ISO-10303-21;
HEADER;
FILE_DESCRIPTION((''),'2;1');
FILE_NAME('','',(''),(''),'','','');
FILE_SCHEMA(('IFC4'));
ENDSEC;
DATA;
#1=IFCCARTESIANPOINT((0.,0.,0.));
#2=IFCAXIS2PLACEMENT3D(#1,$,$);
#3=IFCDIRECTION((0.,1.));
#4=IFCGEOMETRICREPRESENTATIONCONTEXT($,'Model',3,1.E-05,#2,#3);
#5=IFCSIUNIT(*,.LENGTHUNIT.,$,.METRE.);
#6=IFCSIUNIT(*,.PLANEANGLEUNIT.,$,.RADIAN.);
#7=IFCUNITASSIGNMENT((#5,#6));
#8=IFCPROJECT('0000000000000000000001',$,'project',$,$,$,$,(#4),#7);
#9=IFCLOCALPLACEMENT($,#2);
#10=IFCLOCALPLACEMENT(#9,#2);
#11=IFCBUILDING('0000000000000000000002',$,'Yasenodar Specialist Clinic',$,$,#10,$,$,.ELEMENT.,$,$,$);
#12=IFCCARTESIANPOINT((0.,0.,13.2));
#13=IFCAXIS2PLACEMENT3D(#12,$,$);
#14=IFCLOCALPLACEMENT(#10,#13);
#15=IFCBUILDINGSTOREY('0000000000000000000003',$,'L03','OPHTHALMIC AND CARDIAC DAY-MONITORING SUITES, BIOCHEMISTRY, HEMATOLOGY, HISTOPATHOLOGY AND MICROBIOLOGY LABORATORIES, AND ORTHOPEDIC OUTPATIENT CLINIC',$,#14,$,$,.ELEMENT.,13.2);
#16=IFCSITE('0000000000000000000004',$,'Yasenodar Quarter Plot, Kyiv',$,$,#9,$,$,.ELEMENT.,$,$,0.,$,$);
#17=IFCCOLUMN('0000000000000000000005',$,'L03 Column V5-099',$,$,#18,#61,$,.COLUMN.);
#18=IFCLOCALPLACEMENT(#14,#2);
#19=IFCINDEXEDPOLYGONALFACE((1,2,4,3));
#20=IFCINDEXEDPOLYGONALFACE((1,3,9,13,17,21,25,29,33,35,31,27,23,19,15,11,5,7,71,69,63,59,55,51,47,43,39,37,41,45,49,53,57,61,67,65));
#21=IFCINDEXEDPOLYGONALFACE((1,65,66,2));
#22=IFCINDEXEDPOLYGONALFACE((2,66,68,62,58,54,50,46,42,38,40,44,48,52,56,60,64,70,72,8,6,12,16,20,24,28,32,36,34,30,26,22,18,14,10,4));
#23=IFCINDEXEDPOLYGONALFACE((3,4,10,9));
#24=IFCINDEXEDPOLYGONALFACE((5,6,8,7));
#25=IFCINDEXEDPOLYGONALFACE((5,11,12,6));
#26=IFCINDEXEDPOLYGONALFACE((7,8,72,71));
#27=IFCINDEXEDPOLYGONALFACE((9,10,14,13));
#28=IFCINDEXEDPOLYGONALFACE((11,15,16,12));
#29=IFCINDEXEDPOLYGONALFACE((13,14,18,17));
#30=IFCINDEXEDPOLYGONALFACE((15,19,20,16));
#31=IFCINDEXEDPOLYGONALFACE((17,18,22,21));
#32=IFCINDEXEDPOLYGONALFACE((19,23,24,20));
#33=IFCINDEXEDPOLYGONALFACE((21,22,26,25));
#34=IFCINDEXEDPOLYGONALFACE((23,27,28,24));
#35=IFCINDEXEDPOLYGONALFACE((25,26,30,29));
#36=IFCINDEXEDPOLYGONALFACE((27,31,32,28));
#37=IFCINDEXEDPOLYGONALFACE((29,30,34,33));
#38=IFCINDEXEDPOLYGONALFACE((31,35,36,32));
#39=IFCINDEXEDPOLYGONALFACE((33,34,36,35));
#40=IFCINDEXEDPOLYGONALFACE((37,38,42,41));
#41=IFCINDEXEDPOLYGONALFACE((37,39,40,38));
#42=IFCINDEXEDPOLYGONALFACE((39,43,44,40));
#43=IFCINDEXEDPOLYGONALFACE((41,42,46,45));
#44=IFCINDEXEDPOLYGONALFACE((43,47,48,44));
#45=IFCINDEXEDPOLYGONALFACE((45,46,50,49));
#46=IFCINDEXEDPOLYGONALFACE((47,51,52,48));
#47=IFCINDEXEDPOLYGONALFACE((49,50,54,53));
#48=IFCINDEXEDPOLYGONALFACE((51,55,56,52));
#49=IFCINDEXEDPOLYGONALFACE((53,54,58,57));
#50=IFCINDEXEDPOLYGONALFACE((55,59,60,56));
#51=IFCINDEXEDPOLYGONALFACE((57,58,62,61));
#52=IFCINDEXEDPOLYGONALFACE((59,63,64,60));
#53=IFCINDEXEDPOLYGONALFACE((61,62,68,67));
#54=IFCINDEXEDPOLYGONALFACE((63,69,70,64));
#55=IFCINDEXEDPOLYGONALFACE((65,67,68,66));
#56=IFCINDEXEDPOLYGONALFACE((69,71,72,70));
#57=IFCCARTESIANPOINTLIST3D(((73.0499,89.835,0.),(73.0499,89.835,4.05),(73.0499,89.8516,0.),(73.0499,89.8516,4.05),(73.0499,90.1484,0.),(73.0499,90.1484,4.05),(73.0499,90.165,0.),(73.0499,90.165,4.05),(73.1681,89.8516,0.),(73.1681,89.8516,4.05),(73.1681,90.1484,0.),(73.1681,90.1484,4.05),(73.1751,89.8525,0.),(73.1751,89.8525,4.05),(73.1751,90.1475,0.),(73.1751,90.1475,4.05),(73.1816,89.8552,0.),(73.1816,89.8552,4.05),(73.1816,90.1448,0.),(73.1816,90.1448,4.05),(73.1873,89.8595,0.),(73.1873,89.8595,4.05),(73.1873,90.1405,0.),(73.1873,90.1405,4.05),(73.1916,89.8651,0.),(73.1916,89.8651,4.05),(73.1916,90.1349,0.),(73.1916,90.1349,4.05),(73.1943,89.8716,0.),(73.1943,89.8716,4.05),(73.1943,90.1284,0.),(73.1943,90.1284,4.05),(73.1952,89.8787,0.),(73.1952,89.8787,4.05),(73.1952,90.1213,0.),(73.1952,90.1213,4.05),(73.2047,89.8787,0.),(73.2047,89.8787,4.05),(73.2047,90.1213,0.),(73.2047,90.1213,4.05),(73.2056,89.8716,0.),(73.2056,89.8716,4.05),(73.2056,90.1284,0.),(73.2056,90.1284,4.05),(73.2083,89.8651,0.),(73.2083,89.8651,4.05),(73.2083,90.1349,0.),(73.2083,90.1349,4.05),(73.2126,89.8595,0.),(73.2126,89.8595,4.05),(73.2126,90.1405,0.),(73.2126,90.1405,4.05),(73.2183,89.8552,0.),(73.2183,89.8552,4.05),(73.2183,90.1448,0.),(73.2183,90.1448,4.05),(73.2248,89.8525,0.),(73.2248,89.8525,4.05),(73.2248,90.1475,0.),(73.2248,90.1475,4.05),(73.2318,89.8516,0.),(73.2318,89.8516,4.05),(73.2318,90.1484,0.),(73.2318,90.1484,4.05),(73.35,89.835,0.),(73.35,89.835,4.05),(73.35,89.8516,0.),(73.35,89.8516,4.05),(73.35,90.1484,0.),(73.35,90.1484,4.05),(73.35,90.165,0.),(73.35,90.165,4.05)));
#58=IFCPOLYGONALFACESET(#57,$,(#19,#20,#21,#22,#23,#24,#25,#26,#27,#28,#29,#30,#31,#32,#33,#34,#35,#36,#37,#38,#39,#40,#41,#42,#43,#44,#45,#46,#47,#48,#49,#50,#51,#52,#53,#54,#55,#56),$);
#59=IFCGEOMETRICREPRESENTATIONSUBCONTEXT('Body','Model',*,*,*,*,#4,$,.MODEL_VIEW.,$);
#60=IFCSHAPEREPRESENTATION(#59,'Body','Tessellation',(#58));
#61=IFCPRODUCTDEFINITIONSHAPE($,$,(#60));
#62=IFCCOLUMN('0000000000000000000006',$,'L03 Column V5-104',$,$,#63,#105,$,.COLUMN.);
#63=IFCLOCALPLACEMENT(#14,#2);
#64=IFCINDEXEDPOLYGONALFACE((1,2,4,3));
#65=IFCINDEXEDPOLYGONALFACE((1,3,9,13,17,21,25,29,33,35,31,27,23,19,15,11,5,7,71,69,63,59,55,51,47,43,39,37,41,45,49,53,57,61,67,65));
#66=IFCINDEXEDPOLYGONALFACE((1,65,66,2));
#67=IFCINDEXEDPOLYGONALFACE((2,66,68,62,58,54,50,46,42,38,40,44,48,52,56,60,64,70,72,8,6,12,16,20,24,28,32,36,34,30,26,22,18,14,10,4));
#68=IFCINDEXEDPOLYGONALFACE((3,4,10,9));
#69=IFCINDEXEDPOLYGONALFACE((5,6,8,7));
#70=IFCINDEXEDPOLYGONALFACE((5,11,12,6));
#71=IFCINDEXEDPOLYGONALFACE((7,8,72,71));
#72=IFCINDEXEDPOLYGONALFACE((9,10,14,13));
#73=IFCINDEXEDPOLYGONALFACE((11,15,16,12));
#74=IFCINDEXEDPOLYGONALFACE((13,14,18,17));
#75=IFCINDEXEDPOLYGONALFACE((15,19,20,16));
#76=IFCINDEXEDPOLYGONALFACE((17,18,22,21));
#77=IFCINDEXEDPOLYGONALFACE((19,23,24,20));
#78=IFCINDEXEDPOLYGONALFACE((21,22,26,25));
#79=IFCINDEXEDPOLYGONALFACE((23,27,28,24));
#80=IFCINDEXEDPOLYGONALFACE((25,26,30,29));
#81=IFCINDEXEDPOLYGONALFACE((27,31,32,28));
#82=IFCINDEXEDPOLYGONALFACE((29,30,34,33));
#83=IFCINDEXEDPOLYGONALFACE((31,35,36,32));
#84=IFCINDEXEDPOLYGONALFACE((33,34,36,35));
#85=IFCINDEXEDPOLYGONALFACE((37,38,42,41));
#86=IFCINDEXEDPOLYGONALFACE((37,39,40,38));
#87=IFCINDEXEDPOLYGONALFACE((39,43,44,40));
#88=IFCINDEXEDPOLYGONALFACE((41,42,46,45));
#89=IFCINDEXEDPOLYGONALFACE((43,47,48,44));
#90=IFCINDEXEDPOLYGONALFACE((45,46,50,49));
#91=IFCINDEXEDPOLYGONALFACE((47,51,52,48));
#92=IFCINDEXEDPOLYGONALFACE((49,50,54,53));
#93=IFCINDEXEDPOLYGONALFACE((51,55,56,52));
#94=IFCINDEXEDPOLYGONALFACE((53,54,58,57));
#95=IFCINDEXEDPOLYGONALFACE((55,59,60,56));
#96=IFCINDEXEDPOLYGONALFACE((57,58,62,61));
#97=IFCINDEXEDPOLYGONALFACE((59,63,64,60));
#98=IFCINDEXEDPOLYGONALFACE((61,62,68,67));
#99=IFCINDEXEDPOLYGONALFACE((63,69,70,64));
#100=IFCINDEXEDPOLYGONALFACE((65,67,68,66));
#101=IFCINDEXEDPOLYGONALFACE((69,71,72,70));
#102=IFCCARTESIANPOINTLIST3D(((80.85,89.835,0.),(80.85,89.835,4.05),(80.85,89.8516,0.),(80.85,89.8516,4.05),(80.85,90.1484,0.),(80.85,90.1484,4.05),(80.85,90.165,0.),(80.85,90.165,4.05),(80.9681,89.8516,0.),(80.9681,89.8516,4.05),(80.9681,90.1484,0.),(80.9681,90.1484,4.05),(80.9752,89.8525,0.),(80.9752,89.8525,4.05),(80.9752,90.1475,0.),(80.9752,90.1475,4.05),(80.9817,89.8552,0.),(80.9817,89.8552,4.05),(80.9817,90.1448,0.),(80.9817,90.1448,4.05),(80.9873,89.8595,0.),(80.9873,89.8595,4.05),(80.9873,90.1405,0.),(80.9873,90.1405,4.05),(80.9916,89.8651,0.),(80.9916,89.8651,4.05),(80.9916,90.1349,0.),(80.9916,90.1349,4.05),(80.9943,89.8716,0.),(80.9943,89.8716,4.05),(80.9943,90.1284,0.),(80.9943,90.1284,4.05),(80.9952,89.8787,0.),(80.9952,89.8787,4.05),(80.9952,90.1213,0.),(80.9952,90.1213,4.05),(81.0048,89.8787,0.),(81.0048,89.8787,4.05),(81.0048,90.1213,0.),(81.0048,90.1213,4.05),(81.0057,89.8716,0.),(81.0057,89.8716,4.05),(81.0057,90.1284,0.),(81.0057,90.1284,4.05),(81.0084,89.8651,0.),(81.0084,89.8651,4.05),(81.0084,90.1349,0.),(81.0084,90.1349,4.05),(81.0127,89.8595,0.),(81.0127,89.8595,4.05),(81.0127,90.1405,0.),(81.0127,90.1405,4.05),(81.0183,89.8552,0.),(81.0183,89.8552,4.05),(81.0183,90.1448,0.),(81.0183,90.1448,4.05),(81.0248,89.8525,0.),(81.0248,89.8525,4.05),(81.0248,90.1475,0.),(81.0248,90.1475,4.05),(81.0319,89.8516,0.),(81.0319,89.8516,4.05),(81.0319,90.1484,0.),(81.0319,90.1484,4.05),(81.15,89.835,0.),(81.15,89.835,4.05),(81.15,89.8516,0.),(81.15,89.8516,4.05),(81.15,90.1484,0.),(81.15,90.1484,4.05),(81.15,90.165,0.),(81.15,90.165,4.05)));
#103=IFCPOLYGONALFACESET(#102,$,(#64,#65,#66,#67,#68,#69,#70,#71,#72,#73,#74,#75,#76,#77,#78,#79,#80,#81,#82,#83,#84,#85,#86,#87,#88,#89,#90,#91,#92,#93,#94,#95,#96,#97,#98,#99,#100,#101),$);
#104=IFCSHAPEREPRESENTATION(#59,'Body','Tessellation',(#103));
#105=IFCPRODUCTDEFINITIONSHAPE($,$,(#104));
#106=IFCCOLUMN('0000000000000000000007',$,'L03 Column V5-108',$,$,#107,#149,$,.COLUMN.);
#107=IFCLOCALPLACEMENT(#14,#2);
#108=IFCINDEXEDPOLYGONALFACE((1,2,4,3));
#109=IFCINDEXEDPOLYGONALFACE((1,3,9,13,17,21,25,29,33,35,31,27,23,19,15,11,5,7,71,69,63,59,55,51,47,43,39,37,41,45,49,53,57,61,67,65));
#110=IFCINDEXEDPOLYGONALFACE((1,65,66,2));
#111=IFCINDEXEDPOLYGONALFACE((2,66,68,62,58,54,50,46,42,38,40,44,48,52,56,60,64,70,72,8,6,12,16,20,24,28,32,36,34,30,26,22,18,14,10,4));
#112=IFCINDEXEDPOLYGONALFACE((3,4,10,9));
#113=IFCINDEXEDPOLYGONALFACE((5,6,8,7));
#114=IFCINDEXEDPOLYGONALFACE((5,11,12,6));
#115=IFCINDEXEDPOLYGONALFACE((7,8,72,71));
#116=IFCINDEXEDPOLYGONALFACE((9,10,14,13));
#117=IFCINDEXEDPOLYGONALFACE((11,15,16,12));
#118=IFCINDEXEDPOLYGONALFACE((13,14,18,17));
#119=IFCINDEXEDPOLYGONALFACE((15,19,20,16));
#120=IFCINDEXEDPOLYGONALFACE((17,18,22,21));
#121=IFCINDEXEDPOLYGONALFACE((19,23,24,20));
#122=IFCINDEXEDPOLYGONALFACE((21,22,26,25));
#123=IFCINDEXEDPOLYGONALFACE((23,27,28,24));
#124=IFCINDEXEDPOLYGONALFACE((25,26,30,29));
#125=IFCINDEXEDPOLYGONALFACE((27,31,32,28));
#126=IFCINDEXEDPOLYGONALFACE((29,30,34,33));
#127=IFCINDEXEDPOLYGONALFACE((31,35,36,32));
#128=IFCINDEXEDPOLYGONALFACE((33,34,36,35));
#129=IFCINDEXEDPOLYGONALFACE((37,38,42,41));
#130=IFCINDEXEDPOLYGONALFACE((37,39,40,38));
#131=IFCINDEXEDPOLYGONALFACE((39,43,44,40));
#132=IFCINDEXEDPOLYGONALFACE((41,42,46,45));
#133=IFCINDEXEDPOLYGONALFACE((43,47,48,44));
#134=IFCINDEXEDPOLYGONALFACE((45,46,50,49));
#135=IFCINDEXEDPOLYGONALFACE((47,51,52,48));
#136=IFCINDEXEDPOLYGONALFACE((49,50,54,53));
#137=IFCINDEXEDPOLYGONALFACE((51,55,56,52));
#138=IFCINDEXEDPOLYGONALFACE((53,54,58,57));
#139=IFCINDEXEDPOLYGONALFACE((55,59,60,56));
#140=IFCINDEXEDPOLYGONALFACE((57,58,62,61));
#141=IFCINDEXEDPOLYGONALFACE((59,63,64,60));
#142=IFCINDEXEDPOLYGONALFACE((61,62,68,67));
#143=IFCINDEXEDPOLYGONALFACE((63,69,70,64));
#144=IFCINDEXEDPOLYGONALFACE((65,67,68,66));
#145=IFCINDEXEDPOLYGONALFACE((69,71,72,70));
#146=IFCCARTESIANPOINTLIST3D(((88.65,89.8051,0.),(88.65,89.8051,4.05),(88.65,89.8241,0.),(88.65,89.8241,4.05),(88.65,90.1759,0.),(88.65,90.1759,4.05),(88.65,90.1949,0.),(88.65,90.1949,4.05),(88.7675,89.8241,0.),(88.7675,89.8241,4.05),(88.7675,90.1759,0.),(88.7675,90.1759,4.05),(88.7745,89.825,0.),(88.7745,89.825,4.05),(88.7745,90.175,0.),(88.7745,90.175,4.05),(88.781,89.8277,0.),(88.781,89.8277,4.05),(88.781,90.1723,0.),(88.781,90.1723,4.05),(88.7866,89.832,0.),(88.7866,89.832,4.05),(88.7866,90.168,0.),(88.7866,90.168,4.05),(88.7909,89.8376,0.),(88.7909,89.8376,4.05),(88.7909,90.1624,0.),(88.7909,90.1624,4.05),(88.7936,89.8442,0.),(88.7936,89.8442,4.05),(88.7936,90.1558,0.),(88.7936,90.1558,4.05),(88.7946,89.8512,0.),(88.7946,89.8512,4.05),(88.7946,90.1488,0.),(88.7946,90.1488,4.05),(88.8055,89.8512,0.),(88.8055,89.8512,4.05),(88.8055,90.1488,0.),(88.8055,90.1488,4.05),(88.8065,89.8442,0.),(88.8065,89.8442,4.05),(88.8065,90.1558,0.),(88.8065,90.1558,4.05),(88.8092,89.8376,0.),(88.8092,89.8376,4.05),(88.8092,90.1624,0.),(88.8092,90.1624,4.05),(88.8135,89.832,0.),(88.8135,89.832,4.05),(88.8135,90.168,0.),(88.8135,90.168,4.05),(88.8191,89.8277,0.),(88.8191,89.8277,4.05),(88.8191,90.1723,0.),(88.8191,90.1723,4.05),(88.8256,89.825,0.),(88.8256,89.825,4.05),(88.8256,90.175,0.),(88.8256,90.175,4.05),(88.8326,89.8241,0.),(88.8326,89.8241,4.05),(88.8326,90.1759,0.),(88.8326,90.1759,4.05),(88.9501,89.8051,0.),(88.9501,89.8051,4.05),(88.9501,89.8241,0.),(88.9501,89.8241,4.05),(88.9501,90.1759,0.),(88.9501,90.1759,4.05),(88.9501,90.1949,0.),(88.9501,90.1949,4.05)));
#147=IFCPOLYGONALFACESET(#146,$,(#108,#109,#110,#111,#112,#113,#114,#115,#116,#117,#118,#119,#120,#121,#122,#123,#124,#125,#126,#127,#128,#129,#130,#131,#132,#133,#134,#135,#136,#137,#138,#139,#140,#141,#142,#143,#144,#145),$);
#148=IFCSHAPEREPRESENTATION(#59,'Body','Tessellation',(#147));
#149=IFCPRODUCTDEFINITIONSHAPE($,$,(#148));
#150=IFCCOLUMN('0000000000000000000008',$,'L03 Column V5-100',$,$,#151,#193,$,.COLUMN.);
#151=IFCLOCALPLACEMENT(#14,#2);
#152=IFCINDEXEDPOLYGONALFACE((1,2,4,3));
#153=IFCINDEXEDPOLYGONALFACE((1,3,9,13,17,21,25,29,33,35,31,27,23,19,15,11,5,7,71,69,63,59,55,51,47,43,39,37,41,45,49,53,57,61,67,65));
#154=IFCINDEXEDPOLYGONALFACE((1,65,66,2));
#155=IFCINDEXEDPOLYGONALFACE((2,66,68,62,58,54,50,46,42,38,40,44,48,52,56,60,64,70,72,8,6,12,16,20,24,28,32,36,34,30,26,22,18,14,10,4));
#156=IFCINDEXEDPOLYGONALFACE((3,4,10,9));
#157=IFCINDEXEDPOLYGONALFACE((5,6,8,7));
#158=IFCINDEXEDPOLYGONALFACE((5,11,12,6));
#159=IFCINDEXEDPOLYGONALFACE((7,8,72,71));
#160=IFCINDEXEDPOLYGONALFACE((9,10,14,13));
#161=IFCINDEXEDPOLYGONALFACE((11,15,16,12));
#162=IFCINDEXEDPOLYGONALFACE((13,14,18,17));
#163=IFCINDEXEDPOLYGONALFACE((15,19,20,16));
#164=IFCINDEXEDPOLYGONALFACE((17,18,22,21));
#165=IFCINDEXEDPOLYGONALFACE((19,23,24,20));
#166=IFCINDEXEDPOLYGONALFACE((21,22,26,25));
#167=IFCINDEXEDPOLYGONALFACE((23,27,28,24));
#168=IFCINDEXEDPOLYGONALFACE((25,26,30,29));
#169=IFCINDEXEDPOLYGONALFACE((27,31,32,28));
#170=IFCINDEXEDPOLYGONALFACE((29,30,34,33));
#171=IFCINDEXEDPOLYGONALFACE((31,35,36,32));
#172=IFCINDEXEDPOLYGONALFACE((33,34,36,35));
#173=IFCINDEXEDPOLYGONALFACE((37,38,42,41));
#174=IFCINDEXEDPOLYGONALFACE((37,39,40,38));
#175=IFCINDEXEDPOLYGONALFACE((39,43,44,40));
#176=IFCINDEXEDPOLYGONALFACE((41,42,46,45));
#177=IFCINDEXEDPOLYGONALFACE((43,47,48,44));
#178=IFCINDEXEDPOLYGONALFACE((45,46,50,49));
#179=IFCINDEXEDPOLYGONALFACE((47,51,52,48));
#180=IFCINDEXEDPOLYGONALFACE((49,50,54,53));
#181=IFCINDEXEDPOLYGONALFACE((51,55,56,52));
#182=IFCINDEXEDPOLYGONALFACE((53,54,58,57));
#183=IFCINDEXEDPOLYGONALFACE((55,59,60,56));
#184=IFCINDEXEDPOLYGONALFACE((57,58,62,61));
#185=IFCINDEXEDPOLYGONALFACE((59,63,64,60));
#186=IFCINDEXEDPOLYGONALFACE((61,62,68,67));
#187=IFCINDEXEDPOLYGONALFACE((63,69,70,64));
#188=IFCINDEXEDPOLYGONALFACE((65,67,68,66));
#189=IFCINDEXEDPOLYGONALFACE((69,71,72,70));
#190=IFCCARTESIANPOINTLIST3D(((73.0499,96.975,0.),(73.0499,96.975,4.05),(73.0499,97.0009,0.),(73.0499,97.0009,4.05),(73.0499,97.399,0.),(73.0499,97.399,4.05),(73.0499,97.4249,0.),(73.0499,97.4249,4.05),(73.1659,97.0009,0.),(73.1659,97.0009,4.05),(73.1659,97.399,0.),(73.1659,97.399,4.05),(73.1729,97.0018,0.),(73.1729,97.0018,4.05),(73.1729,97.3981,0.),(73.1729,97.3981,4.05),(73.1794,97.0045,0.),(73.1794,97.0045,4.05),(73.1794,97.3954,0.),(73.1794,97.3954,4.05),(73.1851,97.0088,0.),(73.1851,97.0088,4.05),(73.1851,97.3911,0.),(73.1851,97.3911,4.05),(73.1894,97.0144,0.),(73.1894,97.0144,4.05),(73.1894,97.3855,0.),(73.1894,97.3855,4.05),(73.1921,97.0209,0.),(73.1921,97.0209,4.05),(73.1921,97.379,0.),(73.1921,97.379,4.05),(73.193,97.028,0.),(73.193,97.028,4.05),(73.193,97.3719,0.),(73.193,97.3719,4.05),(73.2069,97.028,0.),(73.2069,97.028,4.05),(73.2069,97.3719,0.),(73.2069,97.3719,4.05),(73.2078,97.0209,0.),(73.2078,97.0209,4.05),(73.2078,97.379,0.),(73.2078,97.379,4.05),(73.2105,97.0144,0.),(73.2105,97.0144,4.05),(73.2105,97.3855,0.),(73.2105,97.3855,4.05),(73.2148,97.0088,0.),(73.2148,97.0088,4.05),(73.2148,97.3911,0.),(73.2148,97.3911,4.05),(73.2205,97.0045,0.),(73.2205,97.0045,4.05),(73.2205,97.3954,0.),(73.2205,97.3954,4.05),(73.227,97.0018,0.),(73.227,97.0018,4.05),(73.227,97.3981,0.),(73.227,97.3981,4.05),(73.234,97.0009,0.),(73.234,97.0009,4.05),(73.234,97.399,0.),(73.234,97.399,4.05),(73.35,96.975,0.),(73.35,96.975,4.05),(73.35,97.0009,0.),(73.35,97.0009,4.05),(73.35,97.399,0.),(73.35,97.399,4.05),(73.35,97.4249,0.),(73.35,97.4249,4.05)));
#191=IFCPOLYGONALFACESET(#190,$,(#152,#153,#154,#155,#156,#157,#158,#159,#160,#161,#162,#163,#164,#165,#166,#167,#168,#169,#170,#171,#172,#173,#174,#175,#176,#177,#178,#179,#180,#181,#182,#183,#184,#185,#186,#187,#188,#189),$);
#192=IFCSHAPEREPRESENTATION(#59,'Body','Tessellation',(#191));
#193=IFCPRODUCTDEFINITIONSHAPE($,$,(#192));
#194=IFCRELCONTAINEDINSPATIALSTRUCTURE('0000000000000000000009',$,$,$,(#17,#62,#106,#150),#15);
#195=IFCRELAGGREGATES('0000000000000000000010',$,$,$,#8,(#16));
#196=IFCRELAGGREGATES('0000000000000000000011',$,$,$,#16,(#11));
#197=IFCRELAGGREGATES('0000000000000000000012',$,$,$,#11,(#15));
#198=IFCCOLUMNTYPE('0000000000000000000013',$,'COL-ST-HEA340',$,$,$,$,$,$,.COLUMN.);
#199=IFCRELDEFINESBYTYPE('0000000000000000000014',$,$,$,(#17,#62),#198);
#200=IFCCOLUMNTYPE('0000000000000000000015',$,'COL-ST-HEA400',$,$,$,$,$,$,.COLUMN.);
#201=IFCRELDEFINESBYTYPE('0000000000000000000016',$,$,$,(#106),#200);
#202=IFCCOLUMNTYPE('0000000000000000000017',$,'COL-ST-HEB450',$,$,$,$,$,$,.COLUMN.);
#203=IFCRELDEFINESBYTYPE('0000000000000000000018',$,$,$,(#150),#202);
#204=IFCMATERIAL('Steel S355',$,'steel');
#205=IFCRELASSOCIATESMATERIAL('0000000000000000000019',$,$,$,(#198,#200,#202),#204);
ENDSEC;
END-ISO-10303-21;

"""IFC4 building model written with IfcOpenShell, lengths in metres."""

from ifc_helpers import new_model, si_unit, direction, frame, origin, origin_2d, place, context, subcontext, project, spatial, i_section, extrude, material, material_profile, profile_set, type_object, element, save


model = new_model("IFC4")

# Units and contexts
model_context = context("Model", 3, precision=1e-05, world=origin(), true_north=direction((0.0, 1.0)))
body_context = subcontext(model_context, "Body", "Model", "MODEL_VIEW")
ifc_project = project(units=[si_unit("LENGTHUNIT", "METRE"), si_unit("PLANEANGLEUNIT", "RADIAN")], contexts=[model_context])

# Site, building, storey
site_placement = place(None, origin())
site = spatial("IfcSite", under=ifc_project, at=site_placement, Name="Yasenodar Quarter Plot, Kyiv", CompositionType="ELEMENT", RefElevation=0.0)
building_placement = place(site_placement, origin())
building = spatial("IfcBuilding", under=site, at=building_placement, Name="Yasenodar Specialist Clinic", CompositionType="ELEMENT")
storey_placement = place(building_placement, frame((0.0, 0.0, 13.2)))
storey = spatial("IfcBuildingStorey", under=building, at=storey_placement, Name="L03", Description="OPHTHALMIC AND CARDIAC DAY-MONITORING SUITES, BIOCHEMISTRY, HEMATOLOGY, HISTOPATHOLOGY AND MICROBIOLOGY LABORATORIES, AND ORTHOPEDIC OUTPATIENT CLINIC", CompositionType="ELEMENT", Elevation=13.2)

# Columns
ifc_material_1 = material(Name="Steel S355", Category="steel")
ifc_material_profile_1 = material_profile(ifc_material_1, i_section(OverallWidth=0.3, OverallDepth=0.3301, WebThickness=0.0095, FlangeThickness=0.0166, FilletRadius=0.0271, at=origin_2d()), Name="HEA 340")
ifc_profile_set_1 = profile_set([ifc_material_profile_1], Name="Steel S355")
column_type_1 = type_object("IfcColumnType", Name="COL-ST-HEA340", PredefinedType="COLUMN", material=ifc_profile_set_1)
for number, where, z_axis, x_axis, name in (
    (1, (73.2, 90.0, 0.0), (0.0, 0.0, 1.0), (1.0, 0.0, 0.0), "L03 Column V5-099"),
    (2, (81.0, 90.0, 0.0), (0.0, 0.0, 1.0), (1.0, 0.0, 0.0), "L03 Column V5-104"),
):
    element("IfcColumn", number, at=place(storey_placement, frame(where, z_axis=z_axis, x_axis=x_axis)), inside=storey, type_object=column_type_1, Name=name, PredefinedType="COLUMN", context=body_context, shape_type="SweptSolid", body=[
        extrude(i_section(OverallWidth=0.3, OverallDepth=0.3301, WebThickness=0.0095, FlangeThickness=0.0166, FilletRadius=0.0271, at=origin_2d()), origin(), (0.0, 0.0, 1.0), 4.05),
    ])
ifc_material_profile_2 = material_profile(ifc_material_1, i_section(OverallWidth=0.3, OverallDepth=0.3899, WebThickness=0.011, FlangeThickness=0.019, FilletRadius=0.0271, at=origin_2d()), Name="HEA 400")
ifc_profile_set_2 = profile_set([ifc_material_profile_2], Name="Steel S355")
column_type_2 = type_object("IfcColumnType", Name="COL-ST-HEA400", PredefinedType="COLUMN", material=ifc_profile_set_2)
column_1_placement = place(storey_placement, frame((88.8, 90.0, 0.0), z_axis=(0.0, 0.0, 1.0), x_axis=(1.0, 0.0, 0.0)))
element("IfcColumn", 3, at=column_1_placement, inside=storey, type_object=column_type_2, Name="L03 Column V5-108", PredefinedType="COLUMN", context=body_context, shape_type="SweptSolid", body=[
    extrude(i_section(OverallWidth=0.3, OverallDepth=0.3899, WebThickness=0.011, FlangeThickness=0.019, FilletRadius=0.0271, at=origin_2d()), origin(), (0.0, 0.0, 1.0), 4.05),
])
ifc_material_profile_3 = material_profile(ifc_material_1, i_section(OverallWidth=0.3, OverallDepth=0.45, WebThickness=0.0139, FlangeThickness=0.0259, FilletRadius=0.0271, at=origin_2d()), Name="HEB 450")
ifc_profile_set_3 = profile_set([ifc_material_profile_3], Name="Steel S355")
column_type_3 = type_object("IfcColumnType", Name="COL-ST-HEB450", PredefinedType="COLUMN", material=ifc_profile_set_3)
column_2_placement = place(storey_placement, frame((73.2, 97.2, 0.0), z_axis=(0.0, 0.0, 1.0), x_axis=(1.0, 0.0, 0.0)))
element("IfcColumn", 4, at=column_2_placement, inside=storey, type_object=column_type_3, Name="L03 Column V5-100", PredefinedType="COLUMN", context=body_context, shape_type="SweptSolid", body=[
    extrude(i_section(OverallWidth=0.3, OverallDepth=0.45, WebThickness=0.0139, FlangeThickness=0.0259, FilletRadius=0.0271, at=origin_2d()), origin(), (0.0, 0.0, 1.0), 4.05),
])

save(model, "model.ifc")
